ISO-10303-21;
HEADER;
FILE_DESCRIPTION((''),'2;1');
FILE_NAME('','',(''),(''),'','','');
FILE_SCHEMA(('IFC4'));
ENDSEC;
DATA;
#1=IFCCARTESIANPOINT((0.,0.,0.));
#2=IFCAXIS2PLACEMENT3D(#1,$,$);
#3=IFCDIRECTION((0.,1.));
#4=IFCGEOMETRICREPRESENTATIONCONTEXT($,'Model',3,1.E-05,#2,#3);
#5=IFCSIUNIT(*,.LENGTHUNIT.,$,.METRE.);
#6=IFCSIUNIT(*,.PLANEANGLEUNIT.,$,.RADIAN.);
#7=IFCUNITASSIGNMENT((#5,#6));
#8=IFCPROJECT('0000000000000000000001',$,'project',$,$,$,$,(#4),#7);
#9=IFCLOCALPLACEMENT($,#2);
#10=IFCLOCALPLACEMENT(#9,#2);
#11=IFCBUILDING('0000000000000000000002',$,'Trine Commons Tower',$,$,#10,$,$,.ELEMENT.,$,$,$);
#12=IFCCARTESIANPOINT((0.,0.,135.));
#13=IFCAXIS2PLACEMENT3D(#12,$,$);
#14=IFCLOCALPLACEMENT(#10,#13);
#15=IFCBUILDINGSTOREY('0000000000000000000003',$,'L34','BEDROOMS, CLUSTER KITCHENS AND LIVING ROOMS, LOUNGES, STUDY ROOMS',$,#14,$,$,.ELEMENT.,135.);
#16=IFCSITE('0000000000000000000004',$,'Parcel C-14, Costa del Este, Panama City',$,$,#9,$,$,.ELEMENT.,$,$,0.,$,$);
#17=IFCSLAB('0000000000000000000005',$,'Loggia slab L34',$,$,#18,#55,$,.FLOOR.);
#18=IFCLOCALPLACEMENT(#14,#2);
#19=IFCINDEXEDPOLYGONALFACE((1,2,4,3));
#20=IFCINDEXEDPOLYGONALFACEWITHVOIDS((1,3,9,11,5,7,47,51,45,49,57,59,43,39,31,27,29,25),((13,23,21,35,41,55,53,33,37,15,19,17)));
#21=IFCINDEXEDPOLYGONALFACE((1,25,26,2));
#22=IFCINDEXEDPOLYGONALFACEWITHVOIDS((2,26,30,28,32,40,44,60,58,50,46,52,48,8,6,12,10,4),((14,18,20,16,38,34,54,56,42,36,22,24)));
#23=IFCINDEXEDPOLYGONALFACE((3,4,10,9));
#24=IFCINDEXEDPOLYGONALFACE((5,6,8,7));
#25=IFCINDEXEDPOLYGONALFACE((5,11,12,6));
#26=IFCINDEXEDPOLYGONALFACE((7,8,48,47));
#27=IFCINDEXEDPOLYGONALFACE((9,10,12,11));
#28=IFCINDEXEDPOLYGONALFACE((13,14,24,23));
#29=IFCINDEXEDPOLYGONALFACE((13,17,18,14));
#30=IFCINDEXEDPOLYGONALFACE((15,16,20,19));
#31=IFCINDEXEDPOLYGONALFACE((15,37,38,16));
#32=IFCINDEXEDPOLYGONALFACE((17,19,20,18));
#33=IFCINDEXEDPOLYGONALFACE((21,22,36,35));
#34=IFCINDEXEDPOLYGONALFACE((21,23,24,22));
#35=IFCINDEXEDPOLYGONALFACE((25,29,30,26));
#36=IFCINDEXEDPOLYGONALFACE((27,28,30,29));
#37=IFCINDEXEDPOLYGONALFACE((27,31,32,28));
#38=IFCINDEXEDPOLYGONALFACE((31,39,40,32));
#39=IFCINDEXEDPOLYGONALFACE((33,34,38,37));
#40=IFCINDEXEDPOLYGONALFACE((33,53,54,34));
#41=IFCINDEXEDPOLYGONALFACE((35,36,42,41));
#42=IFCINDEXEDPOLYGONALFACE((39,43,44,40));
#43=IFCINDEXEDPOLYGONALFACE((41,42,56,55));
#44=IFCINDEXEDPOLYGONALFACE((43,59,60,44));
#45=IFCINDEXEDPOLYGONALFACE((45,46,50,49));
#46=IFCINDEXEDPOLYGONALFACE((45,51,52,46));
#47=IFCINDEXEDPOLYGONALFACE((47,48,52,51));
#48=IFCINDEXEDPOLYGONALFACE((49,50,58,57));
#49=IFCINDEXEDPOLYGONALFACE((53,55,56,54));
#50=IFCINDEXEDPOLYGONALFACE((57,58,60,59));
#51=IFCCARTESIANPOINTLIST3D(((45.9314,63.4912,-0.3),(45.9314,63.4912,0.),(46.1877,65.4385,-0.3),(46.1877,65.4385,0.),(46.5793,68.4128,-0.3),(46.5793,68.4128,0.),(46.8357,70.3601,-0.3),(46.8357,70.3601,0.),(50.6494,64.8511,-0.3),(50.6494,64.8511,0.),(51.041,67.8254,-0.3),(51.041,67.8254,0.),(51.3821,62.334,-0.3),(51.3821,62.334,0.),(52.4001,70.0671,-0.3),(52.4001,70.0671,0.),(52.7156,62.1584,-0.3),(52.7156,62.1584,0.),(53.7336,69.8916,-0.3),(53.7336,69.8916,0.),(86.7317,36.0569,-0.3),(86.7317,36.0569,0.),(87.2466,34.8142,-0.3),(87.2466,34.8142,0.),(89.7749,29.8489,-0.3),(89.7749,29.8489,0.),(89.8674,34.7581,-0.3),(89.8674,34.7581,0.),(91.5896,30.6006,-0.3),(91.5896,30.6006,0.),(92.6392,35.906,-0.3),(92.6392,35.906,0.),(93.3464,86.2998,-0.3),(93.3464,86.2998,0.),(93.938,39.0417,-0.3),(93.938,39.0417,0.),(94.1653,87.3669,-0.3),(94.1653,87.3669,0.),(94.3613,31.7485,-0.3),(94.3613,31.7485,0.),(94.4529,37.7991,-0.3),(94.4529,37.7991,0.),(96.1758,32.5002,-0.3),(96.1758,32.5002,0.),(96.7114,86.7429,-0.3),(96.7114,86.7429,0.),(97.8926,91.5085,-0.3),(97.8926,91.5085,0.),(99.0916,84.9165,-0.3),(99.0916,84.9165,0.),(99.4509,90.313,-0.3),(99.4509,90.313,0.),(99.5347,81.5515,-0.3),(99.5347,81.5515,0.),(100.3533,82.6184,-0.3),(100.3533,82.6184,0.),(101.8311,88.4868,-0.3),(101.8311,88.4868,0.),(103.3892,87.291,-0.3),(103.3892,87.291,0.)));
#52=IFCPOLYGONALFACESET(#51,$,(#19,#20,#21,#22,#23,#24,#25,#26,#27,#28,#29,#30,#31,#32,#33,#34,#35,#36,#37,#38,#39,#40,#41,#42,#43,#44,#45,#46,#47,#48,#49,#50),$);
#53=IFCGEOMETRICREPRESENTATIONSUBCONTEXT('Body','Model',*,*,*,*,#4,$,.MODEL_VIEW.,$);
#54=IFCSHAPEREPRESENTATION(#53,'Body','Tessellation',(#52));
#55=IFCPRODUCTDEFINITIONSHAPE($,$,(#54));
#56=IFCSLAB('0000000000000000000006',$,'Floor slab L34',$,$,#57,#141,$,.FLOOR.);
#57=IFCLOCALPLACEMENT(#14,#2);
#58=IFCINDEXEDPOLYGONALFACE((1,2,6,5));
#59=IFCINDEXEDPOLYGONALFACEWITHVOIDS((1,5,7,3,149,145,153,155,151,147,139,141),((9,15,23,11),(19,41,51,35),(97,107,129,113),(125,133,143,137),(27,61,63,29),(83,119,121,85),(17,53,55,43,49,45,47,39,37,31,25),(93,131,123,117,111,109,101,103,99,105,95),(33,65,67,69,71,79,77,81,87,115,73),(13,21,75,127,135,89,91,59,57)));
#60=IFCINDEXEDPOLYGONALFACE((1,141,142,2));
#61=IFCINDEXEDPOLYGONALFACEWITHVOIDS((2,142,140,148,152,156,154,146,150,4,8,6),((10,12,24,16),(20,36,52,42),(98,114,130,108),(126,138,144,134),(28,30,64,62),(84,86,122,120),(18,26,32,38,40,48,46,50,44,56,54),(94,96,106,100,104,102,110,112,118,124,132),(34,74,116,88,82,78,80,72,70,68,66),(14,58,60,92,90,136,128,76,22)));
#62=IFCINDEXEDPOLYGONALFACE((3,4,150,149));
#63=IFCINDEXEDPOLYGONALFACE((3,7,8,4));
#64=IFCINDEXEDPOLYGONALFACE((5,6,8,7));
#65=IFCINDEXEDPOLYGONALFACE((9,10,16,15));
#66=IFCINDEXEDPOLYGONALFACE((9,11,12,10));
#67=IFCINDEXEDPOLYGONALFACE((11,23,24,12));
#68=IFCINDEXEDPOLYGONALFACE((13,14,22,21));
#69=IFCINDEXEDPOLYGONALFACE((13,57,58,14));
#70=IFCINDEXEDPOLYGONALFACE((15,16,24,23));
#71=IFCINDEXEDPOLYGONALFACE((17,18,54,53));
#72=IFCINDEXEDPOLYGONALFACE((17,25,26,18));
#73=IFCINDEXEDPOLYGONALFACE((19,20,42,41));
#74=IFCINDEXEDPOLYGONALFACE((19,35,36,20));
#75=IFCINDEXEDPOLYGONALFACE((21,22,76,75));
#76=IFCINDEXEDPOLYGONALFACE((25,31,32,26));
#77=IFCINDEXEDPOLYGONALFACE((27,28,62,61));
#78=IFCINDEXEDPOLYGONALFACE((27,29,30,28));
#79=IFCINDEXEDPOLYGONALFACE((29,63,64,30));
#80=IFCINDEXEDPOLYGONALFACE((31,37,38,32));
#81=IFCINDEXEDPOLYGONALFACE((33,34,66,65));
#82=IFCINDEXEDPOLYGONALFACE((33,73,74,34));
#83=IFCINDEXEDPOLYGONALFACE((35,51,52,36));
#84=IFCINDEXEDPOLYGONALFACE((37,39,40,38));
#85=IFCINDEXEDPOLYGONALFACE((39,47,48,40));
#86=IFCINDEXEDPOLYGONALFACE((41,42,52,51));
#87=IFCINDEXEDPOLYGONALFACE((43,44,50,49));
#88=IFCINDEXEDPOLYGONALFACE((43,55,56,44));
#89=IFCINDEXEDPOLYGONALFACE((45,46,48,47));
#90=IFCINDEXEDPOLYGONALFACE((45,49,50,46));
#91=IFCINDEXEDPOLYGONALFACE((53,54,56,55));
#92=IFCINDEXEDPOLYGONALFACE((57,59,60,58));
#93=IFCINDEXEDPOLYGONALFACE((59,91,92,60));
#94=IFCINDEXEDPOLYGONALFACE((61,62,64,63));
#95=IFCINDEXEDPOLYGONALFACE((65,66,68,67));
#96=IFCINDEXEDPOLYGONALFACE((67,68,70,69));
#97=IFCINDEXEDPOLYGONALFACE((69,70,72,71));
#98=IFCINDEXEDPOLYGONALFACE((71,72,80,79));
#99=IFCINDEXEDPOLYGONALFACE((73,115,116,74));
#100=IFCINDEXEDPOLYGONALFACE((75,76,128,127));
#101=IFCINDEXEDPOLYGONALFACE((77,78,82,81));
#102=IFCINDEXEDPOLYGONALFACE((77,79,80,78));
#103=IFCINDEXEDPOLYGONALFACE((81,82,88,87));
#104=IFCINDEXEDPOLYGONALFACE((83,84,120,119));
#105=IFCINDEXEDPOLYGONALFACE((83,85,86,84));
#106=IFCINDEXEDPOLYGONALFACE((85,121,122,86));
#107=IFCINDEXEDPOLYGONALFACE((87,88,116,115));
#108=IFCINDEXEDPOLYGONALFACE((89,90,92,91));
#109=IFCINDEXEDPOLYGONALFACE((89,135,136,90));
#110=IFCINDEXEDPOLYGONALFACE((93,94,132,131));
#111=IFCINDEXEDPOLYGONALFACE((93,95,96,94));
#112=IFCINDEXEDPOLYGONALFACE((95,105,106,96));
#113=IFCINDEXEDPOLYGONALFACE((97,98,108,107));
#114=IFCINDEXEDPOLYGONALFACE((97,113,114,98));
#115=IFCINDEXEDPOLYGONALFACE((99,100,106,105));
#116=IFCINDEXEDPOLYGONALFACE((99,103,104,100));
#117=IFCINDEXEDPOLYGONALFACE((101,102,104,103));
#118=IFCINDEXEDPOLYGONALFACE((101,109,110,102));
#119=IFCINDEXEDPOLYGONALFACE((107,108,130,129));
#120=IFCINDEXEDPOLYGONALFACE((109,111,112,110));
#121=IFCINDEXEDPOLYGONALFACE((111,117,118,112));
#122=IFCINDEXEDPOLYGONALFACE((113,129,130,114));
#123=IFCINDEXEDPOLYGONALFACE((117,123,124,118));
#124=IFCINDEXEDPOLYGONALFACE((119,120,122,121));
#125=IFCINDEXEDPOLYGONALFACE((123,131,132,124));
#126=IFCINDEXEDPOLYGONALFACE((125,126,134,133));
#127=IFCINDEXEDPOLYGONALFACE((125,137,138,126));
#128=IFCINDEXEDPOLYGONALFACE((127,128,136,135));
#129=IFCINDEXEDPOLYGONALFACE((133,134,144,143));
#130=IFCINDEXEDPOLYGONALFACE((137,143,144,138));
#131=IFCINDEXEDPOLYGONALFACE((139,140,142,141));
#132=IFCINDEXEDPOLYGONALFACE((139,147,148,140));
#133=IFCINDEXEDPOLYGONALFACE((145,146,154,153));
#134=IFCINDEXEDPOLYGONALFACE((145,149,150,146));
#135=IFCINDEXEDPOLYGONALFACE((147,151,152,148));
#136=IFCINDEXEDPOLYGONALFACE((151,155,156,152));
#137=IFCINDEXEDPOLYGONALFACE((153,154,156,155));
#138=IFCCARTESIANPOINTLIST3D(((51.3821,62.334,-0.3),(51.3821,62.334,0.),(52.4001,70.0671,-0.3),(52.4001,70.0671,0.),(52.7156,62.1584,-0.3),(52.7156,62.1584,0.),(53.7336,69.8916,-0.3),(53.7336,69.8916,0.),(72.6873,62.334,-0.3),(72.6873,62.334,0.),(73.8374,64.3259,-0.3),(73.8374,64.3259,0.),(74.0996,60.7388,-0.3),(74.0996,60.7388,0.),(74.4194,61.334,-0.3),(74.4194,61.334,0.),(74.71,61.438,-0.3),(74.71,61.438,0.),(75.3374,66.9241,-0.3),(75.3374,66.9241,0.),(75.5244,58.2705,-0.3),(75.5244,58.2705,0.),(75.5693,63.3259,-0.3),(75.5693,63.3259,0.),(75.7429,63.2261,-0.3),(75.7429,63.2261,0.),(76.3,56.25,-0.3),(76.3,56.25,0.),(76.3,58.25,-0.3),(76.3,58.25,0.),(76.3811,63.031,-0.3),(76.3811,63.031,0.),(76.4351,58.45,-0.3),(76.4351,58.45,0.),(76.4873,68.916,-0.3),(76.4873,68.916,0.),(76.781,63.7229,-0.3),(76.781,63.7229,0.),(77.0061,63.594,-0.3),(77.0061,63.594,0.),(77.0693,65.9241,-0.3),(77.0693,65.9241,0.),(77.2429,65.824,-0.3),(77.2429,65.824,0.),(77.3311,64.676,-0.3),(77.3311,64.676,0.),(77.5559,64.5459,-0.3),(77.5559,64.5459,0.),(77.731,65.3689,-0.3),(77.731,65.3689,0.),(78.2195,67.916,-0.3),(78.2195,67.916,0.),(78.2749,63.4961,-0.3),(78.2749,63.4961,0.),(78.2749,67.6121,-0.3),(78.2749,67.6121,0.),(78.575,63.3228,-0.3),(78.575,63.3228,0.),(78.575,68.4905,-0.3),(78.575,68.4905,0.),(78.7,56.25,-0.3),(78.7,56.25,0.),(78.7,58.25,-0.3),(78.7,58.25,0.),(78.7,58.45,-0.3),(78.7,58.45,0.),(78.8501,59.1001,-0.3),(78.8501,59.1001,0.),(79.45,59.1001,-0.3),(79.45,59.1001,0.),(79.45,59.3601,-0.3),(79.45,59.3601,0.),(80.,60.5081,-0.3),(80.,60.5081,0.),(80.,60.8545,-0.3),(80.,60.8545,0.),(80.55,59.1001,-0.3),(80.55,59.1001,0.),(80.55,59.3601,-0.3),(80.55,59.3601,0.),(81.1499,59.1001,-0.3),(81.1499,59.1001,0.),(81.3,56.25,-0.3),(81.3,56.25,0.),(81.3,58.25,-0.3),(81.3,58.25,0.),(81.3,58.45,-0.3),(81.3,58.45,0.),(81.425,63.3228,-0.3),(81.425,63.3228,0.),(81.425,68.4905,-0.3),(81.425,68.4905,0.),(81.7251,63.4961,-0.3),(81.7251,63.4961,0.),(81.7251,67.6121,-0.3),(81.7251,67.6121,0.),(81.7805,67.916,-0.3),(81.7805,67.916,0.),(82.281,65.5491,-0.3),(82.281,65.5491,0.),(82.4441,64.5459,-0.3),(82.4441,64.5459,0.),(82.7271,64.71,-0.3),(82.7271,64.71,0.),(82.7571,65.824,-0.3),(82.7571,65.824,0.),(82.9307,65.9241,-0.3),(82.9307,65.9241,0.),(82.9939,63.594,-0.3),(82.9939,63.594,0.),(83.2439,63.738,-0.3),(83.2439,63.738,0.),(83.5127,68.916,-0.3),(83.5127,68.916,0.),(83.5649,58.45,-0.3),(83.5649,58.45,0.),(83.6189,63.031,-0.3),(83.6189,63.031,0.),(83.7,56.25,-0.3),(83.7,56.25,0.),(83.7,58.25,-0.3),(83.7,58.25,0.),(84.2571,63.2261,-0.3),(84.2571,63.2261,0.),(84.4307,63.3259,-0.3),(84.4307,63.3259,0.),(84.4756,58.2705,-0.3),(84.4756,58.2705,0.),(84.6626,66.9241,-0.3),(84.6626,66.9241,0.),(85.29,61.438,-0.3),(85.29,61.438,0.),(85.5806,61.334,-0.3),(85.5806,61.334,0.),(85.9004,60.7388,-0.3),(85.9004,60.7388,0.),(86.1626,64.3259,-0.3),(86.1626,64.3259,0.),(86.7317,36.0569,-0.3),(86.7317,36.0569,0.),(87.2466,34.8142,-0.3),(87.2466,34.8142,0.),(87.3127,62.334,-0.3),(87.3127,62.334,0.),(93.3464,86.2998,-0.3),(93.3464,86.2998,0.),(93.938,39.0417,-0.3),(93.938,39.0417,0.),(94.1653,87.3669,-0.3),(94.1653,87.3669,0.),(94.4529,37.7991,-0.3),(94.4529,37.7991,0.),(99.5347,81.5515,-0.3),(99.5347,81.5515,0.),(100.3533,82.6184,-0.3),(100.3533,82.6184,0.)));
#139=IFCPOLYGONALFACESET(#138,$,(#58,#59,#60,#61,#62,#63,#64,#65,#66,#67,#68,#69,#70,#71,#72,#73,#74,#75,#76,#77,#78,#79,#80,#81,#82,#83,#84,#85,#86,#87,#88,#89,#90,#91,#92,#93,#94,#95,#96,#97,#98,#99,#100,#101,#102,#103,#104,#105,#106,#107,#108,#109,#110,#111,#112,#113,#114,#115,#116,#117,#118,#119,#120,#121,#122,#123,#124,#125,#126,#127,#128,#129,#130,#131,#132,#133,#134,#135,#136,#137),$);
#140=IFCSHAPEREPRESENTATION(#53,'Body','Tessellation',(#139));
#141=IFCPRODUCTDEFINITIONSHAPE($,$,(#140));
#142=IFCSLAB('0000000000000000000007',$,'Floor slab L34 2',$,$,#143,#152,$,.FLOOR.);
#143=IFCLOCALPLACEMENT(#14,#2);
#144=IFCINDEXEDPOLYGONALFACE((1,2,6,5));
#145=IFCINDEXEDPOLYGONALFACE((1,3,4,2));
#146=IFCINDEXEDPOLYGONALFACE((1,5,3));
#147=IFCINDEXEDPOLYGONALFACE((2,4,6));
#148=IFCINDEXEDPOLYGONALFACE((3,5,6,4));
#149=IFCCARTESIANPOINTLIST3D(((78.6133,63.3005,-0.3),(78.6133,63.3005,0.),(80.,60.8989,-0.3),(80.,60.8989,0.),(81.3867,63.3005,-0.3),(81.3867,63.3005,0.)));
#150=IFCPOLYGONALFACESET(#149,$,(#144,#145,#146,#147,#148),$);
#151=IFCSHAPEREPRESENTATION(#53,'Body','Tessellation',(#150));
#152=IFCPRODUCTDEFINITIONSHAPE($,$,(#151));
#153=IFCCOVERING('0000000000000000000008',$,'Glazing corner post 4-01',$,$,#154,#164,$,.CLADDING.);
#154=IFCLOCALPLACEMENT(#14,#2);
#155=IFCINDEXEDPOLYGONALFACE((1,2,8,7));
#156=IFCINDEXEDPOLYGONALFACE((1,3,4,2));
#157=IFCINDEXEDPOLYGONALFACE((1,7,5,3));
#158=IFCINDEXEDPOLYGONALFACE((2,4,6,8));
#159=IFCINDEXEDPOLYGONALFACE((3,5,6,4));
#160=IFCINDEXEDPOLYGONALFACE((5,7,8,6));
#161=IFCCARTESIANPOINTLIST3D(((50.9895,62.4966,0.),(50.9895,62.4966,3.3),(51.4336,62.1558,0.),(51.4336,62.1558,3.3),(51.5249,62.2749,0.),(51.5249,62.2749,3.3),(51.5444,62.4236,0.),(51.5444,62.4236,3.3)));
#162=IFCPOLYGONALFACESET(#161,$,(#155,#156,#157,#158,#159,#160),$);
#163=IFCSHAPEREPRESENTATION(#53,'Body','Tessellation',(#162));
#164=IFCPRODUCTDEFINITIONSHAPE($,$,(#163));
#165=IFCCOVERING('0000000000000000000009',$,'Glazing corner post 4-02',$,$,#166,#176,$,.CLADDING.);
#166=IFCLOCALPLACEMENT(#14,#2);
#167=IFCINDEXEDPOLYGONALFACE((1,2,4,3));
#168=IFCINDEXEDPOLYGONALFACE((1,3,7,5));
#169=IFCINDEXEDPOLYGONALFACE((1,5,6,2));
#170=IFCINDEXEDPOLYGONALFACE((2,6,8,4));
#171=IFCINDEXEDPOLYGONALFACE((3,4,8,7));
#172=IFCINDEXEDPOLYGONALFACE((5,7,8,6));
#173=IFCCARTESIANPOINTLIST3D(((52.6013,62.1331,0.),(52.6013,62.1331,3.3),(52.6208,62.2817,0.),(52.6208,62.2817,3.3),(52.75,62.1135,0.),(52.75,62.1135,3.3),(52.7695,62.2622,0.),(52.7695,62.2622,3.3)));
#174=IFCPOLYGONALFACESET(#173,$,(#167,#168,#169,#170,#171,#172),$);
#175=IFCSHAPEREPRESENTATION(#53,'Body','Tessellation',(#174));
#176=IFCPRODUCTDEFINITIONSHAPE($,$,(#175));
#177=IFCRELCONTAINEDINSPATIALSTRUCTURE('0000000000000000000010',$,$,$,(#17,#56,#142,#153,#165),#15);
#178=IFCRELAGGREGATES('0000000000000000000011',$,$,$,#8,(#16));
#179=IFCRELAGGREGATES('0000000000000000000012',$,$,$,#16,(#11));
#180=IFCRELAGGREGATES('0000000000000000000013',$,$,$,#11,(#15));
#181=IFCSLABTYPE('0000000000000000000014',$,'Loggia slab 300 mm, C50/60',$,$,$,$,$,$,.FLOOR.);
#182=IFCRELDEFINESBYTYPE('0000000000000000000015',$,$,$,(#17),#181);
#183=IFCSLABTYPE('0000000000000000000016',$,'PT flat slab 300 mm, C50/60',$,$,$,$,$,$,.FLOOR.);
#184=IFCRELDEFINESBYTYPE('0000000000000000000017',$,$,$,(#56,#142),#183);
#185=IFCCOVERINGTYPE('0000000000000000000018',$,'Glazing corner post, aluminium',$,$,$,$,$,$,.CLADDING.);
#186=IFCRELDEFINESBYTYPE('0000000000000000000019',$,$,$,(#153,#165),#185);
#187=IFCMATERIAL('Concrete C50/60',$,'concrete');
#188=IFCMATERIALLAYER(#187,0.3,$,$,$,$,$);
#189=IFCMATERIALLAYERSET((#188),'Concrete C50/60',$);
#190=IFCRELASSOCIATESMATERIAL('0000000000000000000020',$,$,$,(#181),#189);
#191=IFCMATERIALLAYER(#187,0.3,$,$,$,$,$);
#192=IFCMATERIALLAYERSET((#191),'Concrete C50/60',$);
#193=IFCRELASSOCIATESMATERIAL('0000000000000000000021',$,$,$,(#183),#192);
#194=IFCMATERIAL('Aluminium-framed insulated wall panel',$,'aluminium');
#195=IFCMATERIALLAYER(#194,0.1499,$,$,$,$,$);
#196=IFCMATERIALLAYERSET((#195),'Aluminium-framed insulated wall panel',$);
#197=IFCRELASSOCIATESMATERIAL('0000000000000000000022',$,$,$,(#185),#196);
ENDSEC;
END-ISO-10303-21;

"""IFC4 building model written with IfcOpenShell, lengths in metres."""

from ifc_helpers import new_model, si_unit, direction, frame, origin, place, context, subcontext, project, spatial, polyline, outline, extrude, material, layer, layer_set, type_object, element, save


model = new_model("IFC4")

# Units and contexts
model_context = context("Model", 3, precision=1e-05, world=origin(), true_north=direction((0.0, 1.0)))
body_context = subcontext(model_context, "Body", "Model", "MODEL_VIEW")
ifc_project = project(units=[si_unit("LENGTHUNIT", "METRE"), si_unit("PLANEANGLEUNIT", "RADIAN")], contexts=[model_context])

# Site, building, storey
site_placement = place(None, origin())
site = spatial("IfcSite", under=ifc_project, at=site_placement, Name="Parcel C-14, Costa del Este, Panama City", CompositionType="ELEMENT", RefElevation=0.0)
building_placement = place(site_placement, origin())
building = spatial("IfcBuilding", under=site, at=building_placement, Name="Trine Commons Tower", CompositionType="ELEMENT")
storey_placement = place(building_placement, frame((0.0, 0.0, 135.0)))
storey = spatial("IfcBuildingStorey", under=building, at=storey_placement, Name="L34", Description="BEDROOMS, CLUSTER KITCHENS AND LIVING ROOMS, LOUNGES, STUDY ROOMS", CompositionType="ELEMENT", Elevation=135.0)

# Slabs
ifc_material_1 = material(Name="Concrete C50/60", Category="concrete")
ifc_layer_1 = layer(ifc_material_1, 0.3)
ifc_layer_set_1 = layer_set([ifc_layer_1], Name="Concrete C50/60")
slab_type_1 = type_object("IfcSlabType", Name="Loggia slab 300 mm, C50/60", PredefinedType="FLOOR", material=ifc_layer_set_1)
slab_1_placement = place(storey_placement, frame((0.0, 0.0, -0.3)))
element("IfcSlab", 1, at=slab_1_placement, inside=storey, type_object=slab_type_1, Name="Loggia slab L34", PredefinedType="FLOOR", context=body_context, shape_type="SweptSolid", body=[
    extrude(outline(polyline([(96.1758, 32.5002), (103.3892, 87.291), (101.8311, 88.4868), (99.0916, 84.9165), (96.7114, 86.7429), (99.4509, 90.313), (97.8926, 91.5085), (46.8357, 70.3601), (46.5793, 68.4128), (51.041, 67.8254), (50.6494, 64.8511), (46.1877, 65.4385), (45.9314, 63.4912), (89.7749, 29.8489), (91.5896, 30.6006), (89.8674, 34.7581), (92.6392, 35.906), (94.3613, 31.7485), (96.1758, 32.5002)]), holes=[polyline([(87.2466, 34.8142), (86.7317, 36.0569), (93.938, 39.0417), (94.4529, 37.7991), (100.3533, 82.6184), (99.5347, 81.5515), (93.3464, 86.2998), (94.1653, 87.3669), (52.4001, 70.0671), (53.7336, 69.8916), (52.7156, 62.1584), (51.3821, 62.334), (87.2466, 34.8142)])]), origin(), (0.0, 0.0, 1.0), 0.3),
])
ifc_layer_2 = layer(ifc_material_1, 0.3)
ifc_layer_set_2 = layer_set([ifc_layer_2], Name="Concrete C50/60")
slab_type_2 = type_object("IfcSlabType", Name="PT flat slab 300 mm, C50/60", PredefinedType="FLOOR", material=ifc_layer_set_2)
slab_2_placement = place(storey_placement, frame((0.0, 0.0, -0.3)))
element("IfcSlab", 2, at=slab_2_placement, inside=storey, type_object=slab_type_2, Name="Floor slab L34", PredefinedType="FLOOR", context=body_context, shape_type="SweptSolid", body=[
    extrude(outline(polyline([(51.3821, 62.334), (87.2466, 34.8142), (86.7317, 36.0569), (93.938, 39.0417), (94.4529, 37.7991), (100.3533, 82.6184), (99.5347, 81.5515), (93.3464, 86.2998), (94.1653, 87.3669), (52.4001, 70.0671), (53.7336, 69.8916), (52.7156, 62.1584), (51.3821, 62.334)]), holes=[polyline([(78.7, 56.25), (78.7, 58.25), (76.3, 58.25), (76.3, 56.25), (78.7, 56.25)]), polyline([(80.0, 60.8545), (84.4756, 58.2705), (85.9004, 60.7388), (81.425, 63.3228), (81.425, 68.4905), (78.575, 68.4905), (78.575, 63.3228), (74.0996, 60.7388), (75.5244, 58.2705), (80.0, 60.8545)]), polyline([(73.8374, 64.3259), (72.6873, 62.334), (74.4194, 61.334), (75.5693, 63.3259), (73.8374, 64.3259)]), polyline([(76.3811, 63.031), (75.7429, 63.2261), (74.71, 61.438), (78.2749, 63.4961), (78.2749, 67.6121), (77.2429, 65.824), (77.731, 65.3689), (77.3311, 64.676), (77.5559, 64.5459), (77.0061, 63.594), (76.781, 63.7229), (76.3811, 63.031)]), polyline([(76.4873, 68.916), (75.3374, 66.9241), (77.0693, 65.9241), (78.2195, 67.916), (76.4873, 68.916)]), polyline([(83.7, 56.25), (83.7, 58.25), (81.3, 58.25), (81.3, 56.25), (83.7, 56.25)]), polyline([(81.1499, 59.1001), (81.3, 58.45), (83.5649, 58.45), (80.0, 60.5081), (76.4351, 58.45), (78.7, 58.45), (78.8501, 59.1001), (79.45, 59.1001), (79.45, 59.3601), (80.55, 59.3601), (80.55, 59.1001), (81.1499, 59.1001)]), polyline([(86.1626, 64.3259), (84.4307, 63.3259), (85.5806, 61.334), (87.3127, 62.334), (86.1626, 64.3259)]), polyline([(83.2439, 63.738), (82.9939, 63.594), (82.4441, 64.5459), (82.7271, 64.71), (82.281, 65.5491), (82.7571, 65.824), (81.7251, 67.6121), (81.7251, 63.4961), (85.29, 61.438), (84.2571, 63.2261), (83.6189, 63.031), (83.2439, 63.738)]), polyline([(84.6626, 66.9241), (83.5127, 68.916), (81.7805, 67.916), (82.9307, 65.9241), (84.6626, 66.9241)])]), origin(), (0.0, 0.0, 1.0), 0.3),
])
slab_3_placement = place(storey_placement, frame((0.0, 0.0, -0.3)))
element("IfcSlab", 3, at=slab_3_placement, inside=storey, type_object=slab_type_2, Name="Floor slab L34 2", PredefinedType="FLOOR", context=body_context, shape_type="SweptSolid", body=[
    extrude(outline(polyline([(78.6133, 63.3005), (80.0, 60.8989), (81.3867, 63.3005), (78.6133, 63.3005)])), origin(), (0.0, 0.0, 1.0), 0.3),
])

# Coverings
ifc_material_2 = material(Name="Aluminium-framed insulated wall panel", Category="aluminium")
ifc_layer_3 = layer(ifc_material_2, 0.1499)
ifc_layer_set_3 = layer_set([ifc_layer_3], Name="Aluminium-framed insulated wall panel")
covering_type_1 = type_object("IfcCoveringType", Name="Glazing corner post, aluminium", PredefinedType="CLADDING", material=ifc_layer_set_3)
covering_1_placement = place(storey_placement, origin())
element("IfcCovering", 4, at=covering_1_placement, inside=storey, type_object=covering_type_1, Name="Glazing corner post 4-01", PredefinedType="CLADDING", context=body_context, shape_type="SweptSolid", body=[
    extrude(outline(polyline([(51.4336, 62.1558), (51.5249, 62.2749), (51.5444, 62.4236), (50.9895, 62.4966), (51.4336, 62.1558)])), origin(), (0.0, 0.0, 1.0), 3.3),
])
covering_2_placement = place(storey_placement, origin())
element("IfcCovering", 5, at=covering_2_placement, inside=storey, type_object=covering_type_1, Name="Glazing corner post 4-02", PredefinedType="CLADDING", context=body_context, shape_type="SweptSolid", body=[
    extrude(outline(polyline([(52.6013, 62.1331), (52.75, 62.1135), (52.7695, 62.2622), (52.6208, 62.2817), (52.6013, 62.1331)])), origin(), (0.0, 0.0, 1.0), 3.3),
])

save(model, "model.ifc")
